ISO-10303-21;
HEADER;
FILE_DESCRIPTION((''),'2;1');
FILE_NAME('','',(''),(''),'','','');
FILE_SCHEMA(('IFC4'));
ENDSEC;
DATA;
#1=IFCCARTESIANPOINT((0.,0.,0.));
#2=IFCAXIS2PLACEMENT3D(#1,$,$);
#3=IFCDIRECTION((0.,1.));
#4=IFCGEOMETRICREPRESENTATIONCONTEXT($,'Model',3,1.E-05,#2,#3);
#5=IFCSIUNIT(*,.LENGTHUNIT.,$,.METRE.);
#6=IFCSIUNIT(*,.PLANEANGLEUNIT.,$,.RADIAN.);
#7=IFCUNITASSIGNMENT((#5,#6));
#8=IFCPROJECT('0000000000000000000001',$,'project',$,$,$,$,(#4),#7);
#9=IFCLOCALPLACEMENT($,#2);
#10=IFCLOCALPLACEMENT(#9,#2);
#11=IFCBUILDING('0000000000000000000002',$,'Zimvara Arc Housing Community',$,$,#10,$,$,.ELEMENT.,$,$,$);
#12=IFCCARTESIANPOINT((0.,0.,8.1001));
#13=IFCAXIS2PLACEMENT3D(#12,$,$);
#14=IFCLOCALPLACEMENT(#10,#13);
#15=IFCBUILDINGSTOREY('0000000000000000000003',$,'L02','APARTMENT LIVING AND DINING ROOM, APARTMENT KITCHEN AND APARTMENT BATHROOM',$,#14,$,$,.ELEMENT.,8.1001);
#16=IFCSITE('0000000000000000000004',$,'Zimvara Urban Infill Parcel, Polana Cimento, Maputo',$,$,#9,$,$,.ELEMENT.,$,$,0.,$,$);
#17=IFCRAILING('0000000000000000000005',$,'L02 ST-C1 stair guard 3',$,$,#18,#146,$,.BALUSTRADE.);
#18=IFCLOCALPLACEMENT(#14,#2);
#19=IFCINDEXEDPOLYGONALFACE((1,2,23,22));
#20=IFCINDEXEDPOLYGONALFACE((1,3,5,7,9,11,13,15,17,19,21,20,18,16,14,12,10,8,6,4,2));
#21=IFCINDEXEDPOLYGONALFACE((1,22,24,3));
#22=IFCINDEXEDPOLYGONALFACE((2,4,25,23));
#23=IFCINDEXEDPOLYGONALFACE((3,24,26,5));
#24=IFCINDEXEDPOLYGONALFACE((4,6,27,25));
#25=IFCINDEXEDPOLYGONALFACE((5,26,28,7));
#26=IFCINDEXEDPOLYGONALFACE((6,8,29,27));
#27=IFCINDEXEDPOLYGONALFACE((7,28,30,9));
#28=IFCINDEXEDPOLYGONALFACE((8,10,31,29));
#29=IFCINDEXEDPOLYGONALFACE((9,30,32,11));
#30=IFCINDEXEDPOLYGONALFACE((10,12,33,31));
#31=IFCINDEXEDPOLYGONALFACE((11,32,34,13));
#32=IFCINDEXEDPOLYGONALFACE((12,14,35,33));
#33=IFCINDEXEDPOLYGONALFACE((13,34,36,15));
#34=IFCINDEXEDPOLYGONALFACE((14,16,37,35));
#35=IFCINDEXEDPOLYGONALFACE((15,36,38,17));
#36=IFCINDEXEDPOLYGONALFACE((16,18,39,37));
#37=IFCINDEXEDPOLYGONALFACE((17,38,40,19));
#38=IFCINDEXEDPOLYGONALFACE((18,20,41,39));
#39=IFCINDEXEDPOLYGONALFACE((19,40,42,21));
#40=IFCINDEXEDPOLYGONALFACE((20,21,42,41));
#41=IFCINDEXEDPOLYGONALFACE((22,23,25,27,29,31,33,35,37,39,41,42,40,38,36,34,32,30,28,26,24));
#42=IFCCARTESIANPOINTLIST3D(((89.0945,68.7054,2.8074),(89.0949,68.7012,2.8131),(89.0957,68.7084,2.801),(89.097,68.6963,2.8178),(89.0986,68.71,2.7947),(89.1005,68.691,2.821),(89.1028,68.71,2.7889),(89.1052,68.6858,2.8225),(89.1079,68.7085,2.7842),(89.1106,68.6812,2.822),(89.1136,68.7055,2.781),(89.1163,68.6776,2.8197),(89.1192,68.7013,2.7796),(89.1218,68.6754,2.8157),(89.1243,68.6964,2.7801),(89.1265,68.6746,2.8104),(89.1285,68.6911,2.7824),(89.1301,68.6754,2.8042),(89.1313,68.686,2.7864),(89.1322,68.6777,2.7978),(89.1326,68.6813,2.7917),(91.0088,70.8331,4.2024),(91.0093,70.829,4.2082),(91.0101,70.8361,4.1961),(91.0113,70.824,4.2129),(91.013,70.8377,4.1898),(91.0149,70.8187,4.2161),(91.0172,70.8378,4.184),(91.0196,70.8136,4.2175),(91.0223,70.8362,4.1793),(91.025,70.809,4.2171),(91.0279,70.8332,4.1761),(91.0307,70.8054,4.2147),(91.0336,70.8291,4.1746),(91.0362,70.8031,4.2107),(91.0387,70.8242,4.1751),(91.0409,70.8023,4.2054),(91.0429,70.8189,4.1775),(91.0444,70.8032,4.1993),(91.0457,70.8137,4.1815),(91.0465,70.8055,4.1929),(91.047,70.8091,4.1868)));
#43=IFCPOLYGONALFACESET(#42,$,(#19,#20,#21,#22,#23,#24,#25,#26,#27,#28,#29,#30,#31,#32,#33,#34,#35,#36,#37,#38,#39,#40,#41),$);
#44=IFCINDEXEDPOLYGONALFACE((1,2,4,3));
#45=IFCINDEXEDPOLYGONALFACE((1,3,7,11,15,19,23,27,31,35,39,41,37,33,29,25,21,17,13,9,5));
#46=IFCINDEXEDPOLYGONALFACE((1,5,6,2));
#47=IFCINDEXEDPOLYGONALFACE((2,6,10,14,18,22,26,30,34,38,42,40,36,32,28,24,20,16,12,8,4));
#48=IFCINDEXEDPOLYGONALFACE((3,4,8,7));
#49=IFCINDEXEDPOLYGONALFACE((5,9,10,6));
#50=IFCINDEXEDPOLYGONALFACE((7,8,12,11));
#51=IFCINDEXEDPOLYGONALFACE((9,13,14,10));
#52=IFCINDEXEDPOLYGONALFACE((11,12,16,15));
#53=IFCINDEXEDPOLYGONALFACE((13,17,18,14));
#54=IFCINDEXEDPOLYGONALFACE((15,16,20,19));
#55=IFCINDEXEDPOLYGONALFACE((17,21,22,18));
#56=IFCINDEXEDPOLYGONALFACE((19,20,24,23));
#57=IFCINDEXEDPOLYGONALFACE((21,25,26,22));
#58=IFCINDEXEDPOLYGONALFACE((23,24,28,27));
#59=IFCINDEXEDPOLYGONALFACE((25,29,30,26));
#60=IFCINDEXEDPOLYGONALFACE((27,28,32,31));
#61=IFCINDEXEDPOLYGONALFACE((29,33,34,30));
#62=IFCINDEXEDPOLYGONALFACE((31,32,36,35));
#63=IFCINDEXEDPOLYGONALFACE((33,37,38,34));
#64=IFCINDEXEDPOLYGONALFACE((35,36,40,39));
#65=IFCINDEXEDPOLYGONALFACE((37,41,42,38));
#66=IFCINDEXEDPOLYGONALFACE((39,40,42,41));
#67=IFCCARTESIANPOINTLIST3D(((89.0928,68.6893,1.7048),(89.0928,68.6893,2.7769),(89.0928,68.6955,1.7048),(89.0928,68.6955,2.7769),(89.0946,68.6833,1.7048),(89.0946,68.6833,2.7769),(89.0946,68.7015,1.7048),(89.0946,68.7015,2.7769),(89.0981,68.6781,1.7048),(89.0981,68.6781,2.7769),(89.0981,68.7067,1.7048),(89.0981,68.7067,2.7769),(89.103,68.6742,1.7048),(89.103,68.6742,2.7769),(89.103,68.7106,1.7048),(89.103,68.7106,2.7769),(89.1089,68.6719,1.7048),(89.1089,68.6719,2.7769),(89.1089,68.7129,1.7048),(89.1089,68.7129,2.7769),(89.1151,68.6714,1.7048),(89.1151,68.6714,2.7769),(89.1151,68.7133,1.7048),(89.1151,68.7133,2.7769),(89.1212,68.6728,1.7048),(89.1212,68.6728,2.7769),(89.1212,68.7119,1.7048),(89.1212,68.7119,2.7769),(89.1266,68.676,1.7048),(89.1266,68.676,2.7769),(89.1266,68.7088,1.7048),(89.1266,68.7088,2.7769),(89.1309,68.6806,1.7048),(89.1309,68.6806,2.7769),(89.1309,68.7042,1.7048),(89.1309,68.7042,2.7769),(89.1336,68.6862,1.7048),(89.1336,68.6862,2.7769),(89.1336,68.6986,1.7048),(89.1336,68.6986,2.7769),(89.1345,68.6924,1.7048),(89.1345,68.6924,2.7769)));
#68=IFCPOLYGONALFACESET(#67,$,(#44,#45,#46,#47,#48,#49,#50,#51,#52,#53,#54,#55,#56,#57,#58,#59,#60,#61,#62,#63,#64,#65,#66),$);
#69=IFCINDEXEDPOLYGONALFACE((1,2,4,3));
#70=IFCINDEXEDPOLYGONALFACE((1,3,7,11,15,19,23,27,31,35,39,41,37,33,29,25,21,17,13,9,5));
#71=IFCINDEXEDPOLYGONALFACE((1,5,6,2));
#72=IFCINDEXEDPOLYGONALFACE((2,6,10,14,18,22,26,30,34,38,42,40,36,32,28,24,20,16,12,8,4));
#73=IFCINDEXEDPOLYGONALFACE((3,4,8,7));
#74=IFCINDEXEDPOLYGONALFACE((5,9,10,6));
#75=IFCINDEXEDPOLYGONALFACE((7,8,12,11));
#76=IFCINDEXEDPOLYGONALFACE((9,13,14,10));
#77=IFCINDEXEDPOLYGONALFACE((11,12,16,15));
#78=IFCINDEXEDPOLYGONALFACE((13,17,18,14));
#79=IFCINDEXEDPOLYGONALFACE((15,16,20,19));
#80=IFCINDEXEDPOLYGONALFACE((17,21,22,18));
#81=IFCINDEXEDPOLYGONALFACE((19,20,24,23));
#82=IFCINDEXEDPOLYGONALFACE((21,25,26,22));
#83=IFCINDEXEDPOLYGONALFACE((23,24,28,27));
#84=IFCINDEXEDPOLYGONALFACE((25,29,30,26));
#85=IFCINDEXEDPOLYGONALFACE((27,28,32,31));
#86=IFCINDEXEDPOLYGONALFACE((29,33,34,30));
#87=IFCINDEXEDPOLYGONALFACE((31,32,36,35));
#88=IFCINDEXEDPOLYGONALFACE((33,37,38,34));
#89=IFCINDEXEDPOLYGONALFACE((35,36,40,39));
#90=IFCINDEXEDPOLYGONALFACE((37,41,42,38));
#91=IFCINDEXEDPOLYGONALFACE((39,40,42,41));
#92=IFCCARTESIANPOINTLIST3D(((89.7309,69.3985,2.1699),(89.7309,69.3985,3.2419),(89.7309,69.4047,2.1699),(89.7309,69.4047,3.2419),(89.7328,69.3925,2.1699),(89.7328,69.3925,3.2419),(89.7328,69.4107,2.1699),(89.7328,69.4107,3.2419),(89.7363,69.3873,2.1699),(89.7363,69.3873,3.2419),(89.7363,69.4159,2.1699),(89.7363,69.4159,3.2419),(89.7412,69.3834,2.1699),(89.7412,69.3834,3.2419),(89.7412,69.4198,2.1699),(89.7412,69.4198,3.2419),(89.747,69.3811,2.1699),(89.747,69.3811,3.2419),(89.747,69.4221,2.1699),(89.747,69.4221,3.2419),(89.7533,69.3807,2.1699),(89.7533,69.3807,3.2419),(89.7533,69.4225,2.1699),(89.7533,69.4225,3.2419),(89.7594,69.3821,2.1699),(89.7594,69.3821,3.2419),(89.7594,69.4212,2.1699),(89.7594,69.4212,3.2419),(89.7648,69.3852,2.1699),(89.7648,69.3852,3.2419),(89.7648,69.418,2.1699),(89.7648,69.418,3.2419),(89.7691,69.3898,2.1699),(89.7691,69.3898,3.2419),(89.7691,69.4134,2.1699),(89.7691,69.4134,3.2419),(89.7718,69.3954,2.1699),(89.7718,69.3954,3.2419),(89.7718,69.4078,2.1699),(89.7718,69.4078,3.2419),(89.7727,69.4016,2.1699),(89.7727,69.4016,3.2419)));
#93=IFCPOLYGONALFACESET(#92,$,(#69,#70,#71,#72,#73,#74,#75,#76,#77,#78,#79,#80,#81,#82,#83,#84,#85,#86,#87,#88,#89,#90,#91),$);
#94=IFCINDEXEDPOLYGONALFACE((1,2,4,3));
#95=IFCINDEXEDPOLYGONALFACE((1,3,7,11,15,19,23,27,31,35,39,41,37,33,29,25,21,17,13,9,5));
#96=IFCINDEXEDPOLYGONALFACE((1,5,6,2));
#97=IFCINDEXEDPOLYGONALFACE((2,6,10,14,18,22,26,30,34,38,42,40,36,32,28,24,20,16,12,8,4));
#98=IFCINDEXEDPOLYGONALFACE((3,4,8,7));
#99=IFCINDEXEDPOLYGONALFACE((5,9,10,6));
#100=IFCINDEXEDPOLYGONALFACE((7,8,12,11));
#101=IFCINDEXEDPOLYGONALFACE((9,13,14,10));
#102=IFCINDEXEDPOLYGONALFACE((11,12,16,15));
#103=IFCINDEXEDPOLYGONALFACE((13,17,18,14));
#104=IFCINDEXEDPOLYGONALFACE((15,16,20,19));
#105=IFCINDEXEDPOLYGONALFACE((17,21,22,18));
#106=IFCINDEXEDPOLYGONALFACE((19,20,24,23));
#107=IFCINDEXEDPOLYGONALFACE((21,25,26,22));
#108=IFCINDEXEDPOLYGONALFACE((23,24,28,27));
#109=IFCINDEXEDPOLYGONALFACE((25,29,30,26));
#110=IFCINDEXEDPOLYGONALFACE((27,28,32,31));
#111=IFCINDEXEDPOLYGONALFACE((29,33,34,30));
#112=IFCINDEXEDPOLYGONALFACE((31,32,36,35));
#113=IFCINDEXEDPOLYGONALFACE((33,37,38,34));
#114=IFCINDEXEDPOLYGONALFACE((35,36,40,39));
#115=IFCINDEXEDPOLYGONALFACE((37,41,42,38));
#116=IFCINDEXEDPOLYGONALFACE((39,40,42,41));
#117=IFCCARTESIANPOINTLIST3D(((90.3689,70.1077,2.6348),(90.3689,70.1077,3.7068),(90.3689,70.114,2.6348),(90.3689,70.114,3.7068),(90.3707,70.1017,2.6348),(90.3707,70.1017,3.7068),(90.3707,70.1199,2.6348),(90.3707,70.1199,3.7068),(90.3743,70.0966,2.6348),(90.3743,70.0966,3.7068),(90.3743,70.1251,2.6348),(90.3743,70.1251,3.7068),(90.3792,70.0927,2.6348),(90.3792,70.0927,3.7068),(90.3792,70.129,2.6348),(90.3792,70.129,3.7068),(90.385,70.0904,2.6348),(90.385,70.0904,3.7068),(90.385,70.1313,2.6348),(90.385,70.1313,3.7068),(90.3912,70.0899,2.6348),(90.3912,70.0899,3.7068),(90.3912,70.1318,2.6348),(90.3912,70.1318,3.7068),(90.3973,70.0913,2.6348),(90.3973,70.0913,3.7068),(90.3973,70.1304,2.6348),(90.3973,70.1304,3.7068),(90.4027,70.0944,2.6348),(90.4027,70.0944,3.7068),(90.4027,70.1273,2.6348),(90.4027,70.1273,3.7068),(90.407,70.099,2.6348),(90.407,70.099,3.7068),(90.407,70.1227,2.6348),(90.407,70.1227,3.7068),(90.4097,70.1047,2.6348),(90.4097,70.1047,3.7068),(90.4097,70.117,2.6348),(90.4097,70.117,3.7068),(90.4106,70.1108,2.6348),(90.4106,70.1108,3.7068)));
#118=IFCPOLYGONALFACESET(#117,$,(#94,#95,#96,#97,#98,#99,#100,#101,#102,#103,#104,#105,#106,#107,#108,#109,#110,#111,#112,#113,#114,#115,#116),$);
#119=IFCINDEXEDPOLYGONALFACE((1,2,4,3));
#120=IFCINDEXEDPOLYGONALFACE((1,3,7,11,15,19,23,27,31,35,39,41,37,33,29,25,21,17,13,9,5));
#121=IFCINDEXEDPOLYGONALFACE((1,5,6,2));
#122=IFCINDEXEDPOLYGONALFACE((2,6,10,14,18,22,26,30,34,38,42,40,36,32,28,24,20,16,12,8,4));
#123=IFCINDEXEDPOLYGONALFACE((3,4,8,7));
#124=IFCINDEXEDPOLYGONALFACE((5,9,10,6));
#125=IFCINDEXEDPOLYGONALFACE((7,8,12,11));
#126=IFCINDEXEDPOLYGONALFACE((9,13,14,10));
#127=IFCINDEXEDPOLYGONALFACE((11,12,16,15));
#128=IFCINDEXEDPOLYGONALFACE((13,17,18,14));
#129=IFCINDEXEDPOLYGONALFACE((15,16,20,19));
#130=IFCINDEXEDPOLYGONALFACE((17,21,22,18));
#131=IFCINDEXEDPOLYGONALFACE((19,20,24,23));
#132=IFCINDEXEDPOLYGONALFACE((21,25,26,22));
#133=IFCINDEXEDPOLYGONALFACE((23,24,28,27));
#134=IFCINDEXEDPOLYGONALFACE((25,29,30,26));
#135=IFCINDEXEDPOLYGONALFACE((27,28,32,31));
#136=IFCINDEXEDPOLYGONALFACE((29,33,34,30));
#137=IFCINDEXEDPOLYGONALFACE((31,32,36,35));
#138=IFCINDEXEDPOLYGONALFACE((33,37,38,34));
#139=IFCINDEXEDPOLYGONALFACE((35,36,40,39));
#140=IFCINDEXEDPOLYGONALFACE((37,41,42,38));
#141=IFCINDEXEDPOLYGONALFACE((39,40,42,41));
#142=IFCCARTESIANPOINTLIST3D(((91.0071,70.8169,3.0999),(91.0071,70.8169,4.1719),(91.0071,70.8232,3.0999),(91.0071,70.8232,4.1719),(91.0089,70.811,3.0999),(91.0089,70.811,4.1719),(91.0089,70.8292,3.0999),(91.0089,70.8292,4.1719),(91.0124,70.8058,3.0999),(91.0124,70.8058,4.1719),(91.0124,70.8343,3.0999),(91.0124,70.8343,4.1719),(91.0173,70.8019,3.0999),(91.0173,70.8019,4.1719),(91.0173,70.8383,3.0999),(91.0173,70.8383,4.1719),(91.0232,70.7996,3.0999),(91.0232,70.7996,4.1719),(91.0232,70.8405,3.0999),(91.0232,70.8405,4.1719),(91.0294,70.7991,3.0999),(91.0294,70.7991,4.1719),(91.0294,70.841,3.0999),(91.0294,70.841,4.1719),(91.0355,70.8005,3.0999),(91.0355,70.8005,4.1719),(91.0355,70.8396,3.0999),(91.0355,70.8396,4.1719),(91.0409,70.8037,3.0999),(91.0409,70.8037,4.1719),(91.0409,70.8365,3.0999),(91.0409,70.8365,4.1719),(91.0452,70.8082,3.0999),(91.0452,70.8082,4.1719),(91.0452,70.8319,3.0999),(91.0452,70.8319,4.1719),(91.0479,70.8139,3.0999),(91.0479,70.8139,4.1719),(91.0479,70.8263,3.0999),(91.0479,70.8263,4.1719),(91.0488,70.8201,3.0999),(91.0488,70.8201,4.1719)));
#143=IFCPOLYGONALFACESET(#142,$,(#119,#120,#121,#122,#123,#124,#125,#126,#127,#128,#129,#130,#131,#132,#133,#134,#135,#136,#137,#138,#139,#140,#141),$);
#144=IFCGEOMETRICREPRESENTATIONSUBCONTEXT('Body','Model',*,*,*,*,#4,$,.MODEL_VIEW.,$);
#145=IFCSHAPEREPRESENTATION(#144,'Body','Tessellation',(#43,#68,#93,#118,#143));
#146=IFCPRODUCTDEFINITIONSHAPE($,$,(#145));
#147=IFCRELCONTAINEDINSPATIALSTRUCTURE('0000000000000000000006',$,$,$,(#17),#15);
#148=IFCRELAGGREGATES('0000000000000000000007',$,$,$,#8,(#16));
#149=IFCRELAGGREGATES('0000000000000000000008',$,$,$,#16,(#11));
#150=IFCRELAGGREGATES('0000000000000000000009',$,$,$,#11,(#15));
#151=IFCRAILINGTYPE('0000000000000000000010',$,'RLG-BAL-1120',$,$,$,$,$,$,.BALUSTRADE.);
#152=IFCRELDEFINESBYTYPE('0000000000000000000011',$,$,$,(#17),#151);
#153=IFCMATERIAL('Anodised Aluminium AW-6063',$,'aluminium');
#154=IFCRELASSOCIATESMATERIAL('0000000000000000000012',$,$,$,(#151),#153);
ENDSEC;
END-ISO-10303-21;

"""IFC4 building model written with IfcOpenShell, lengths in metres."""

from ifc_helpers import new_model, si_unit, direction, frame, origin, origin_2d, place, context, subcontext, project, spatial, circle, extrude, material, type_object, element, save


model = new_model("IFC4")

# Units and contexts
model_context = context("Model", 3, precision=1e-05, world=origin(), true_north=direction((0.0, 1.0)))
body_context = subcontext(model_context, "Body", "Model", "MODEL_VIEW")
ifc_project = project(units=[si_unit("LENGTHUNIT", "METRE"), si_unit("PLANEANGLEUNIT", "RADIAN")], contexts=[model_context])

# Site, building, storey
site_placement = place(None, origin())
site = spatial("IfcSite", under=ifc_project, at=site_placement, Name="Zimvara Urban Infill Parcel, Polana Cimento, Maputo", CompositionType="ELEMENT", RefElevation=0.0)
building_placement = place(site_placement, origin())
building = spatial("IfcBuilding", under=site, at=building_placement, Name="Zimvara Arc Housing Community", CompositionType="ELEMENT")
storey_placement = place(building_placement, frame((0.0, 0.0, 8.1001)))
storey = spatial("IfcBuildingStorey", under=building, at=storey_placement, Name="L02", Description="APARTMENT LIVING AND DINING ROOM, APARTMENT KITCHEN AND APARTMENT BATHROOM", CompositionType="ELEMENT", Elevation=8.1001)

# Railing
ifc_material_1 = material(Name="Anodised Aluminium AW-6063", Category="aluminium")
railing_type = type_object("IfcRailingType", Name="RLG-BAL-1120", PredefinedType="BALUSTRADE", material=ifc_material_1)
railing_1_placement = place(storey_placement, frame((89.1135, 68.6924, 1.7048)))
element("IfcRailing", 1, at=railing_1_placement, inside=storey, type_object=railing_type, Name="L02 ST-C1 stair guard 3", PredefinedType="BALUSTRADE", context=body_context, shape_type="SweptSolid", body=[
    extrude(circle(Radius=0.0239, at=origin_2d()), frame((0.0, 0.0, 1.0962), z_axis=(0.601232, 0.668248, 0.438138), x_axis=(-0.7434, 0.668847, 0.0)), (0.0, 0.0, 1.0), 3.1841),
    extrude(circle(Radius=0.021, at=origin_2d()), origin(), (0.0, 0.0, 1.0), 1.072),
    extrude(circle(Radius=0.021, at=origin_2d()), frame((0.6382, 0.7092, 0.4651)), (0.0, 0.0, 1.0), 1.072),
    extrude(circle(Radius=0.021, at=origin_2d()), frame((1.2761, 1.4185, 0.9299)), (0.0, 0.0, 1.0), 1.072),
    extrude(circle(Radius=0.021, at=origin_2d()), frame((1.9143, 2.1277, 1.395)), (0.0, 0.0, 1.0), 1.072),
])

save(model, "model.ifc")
